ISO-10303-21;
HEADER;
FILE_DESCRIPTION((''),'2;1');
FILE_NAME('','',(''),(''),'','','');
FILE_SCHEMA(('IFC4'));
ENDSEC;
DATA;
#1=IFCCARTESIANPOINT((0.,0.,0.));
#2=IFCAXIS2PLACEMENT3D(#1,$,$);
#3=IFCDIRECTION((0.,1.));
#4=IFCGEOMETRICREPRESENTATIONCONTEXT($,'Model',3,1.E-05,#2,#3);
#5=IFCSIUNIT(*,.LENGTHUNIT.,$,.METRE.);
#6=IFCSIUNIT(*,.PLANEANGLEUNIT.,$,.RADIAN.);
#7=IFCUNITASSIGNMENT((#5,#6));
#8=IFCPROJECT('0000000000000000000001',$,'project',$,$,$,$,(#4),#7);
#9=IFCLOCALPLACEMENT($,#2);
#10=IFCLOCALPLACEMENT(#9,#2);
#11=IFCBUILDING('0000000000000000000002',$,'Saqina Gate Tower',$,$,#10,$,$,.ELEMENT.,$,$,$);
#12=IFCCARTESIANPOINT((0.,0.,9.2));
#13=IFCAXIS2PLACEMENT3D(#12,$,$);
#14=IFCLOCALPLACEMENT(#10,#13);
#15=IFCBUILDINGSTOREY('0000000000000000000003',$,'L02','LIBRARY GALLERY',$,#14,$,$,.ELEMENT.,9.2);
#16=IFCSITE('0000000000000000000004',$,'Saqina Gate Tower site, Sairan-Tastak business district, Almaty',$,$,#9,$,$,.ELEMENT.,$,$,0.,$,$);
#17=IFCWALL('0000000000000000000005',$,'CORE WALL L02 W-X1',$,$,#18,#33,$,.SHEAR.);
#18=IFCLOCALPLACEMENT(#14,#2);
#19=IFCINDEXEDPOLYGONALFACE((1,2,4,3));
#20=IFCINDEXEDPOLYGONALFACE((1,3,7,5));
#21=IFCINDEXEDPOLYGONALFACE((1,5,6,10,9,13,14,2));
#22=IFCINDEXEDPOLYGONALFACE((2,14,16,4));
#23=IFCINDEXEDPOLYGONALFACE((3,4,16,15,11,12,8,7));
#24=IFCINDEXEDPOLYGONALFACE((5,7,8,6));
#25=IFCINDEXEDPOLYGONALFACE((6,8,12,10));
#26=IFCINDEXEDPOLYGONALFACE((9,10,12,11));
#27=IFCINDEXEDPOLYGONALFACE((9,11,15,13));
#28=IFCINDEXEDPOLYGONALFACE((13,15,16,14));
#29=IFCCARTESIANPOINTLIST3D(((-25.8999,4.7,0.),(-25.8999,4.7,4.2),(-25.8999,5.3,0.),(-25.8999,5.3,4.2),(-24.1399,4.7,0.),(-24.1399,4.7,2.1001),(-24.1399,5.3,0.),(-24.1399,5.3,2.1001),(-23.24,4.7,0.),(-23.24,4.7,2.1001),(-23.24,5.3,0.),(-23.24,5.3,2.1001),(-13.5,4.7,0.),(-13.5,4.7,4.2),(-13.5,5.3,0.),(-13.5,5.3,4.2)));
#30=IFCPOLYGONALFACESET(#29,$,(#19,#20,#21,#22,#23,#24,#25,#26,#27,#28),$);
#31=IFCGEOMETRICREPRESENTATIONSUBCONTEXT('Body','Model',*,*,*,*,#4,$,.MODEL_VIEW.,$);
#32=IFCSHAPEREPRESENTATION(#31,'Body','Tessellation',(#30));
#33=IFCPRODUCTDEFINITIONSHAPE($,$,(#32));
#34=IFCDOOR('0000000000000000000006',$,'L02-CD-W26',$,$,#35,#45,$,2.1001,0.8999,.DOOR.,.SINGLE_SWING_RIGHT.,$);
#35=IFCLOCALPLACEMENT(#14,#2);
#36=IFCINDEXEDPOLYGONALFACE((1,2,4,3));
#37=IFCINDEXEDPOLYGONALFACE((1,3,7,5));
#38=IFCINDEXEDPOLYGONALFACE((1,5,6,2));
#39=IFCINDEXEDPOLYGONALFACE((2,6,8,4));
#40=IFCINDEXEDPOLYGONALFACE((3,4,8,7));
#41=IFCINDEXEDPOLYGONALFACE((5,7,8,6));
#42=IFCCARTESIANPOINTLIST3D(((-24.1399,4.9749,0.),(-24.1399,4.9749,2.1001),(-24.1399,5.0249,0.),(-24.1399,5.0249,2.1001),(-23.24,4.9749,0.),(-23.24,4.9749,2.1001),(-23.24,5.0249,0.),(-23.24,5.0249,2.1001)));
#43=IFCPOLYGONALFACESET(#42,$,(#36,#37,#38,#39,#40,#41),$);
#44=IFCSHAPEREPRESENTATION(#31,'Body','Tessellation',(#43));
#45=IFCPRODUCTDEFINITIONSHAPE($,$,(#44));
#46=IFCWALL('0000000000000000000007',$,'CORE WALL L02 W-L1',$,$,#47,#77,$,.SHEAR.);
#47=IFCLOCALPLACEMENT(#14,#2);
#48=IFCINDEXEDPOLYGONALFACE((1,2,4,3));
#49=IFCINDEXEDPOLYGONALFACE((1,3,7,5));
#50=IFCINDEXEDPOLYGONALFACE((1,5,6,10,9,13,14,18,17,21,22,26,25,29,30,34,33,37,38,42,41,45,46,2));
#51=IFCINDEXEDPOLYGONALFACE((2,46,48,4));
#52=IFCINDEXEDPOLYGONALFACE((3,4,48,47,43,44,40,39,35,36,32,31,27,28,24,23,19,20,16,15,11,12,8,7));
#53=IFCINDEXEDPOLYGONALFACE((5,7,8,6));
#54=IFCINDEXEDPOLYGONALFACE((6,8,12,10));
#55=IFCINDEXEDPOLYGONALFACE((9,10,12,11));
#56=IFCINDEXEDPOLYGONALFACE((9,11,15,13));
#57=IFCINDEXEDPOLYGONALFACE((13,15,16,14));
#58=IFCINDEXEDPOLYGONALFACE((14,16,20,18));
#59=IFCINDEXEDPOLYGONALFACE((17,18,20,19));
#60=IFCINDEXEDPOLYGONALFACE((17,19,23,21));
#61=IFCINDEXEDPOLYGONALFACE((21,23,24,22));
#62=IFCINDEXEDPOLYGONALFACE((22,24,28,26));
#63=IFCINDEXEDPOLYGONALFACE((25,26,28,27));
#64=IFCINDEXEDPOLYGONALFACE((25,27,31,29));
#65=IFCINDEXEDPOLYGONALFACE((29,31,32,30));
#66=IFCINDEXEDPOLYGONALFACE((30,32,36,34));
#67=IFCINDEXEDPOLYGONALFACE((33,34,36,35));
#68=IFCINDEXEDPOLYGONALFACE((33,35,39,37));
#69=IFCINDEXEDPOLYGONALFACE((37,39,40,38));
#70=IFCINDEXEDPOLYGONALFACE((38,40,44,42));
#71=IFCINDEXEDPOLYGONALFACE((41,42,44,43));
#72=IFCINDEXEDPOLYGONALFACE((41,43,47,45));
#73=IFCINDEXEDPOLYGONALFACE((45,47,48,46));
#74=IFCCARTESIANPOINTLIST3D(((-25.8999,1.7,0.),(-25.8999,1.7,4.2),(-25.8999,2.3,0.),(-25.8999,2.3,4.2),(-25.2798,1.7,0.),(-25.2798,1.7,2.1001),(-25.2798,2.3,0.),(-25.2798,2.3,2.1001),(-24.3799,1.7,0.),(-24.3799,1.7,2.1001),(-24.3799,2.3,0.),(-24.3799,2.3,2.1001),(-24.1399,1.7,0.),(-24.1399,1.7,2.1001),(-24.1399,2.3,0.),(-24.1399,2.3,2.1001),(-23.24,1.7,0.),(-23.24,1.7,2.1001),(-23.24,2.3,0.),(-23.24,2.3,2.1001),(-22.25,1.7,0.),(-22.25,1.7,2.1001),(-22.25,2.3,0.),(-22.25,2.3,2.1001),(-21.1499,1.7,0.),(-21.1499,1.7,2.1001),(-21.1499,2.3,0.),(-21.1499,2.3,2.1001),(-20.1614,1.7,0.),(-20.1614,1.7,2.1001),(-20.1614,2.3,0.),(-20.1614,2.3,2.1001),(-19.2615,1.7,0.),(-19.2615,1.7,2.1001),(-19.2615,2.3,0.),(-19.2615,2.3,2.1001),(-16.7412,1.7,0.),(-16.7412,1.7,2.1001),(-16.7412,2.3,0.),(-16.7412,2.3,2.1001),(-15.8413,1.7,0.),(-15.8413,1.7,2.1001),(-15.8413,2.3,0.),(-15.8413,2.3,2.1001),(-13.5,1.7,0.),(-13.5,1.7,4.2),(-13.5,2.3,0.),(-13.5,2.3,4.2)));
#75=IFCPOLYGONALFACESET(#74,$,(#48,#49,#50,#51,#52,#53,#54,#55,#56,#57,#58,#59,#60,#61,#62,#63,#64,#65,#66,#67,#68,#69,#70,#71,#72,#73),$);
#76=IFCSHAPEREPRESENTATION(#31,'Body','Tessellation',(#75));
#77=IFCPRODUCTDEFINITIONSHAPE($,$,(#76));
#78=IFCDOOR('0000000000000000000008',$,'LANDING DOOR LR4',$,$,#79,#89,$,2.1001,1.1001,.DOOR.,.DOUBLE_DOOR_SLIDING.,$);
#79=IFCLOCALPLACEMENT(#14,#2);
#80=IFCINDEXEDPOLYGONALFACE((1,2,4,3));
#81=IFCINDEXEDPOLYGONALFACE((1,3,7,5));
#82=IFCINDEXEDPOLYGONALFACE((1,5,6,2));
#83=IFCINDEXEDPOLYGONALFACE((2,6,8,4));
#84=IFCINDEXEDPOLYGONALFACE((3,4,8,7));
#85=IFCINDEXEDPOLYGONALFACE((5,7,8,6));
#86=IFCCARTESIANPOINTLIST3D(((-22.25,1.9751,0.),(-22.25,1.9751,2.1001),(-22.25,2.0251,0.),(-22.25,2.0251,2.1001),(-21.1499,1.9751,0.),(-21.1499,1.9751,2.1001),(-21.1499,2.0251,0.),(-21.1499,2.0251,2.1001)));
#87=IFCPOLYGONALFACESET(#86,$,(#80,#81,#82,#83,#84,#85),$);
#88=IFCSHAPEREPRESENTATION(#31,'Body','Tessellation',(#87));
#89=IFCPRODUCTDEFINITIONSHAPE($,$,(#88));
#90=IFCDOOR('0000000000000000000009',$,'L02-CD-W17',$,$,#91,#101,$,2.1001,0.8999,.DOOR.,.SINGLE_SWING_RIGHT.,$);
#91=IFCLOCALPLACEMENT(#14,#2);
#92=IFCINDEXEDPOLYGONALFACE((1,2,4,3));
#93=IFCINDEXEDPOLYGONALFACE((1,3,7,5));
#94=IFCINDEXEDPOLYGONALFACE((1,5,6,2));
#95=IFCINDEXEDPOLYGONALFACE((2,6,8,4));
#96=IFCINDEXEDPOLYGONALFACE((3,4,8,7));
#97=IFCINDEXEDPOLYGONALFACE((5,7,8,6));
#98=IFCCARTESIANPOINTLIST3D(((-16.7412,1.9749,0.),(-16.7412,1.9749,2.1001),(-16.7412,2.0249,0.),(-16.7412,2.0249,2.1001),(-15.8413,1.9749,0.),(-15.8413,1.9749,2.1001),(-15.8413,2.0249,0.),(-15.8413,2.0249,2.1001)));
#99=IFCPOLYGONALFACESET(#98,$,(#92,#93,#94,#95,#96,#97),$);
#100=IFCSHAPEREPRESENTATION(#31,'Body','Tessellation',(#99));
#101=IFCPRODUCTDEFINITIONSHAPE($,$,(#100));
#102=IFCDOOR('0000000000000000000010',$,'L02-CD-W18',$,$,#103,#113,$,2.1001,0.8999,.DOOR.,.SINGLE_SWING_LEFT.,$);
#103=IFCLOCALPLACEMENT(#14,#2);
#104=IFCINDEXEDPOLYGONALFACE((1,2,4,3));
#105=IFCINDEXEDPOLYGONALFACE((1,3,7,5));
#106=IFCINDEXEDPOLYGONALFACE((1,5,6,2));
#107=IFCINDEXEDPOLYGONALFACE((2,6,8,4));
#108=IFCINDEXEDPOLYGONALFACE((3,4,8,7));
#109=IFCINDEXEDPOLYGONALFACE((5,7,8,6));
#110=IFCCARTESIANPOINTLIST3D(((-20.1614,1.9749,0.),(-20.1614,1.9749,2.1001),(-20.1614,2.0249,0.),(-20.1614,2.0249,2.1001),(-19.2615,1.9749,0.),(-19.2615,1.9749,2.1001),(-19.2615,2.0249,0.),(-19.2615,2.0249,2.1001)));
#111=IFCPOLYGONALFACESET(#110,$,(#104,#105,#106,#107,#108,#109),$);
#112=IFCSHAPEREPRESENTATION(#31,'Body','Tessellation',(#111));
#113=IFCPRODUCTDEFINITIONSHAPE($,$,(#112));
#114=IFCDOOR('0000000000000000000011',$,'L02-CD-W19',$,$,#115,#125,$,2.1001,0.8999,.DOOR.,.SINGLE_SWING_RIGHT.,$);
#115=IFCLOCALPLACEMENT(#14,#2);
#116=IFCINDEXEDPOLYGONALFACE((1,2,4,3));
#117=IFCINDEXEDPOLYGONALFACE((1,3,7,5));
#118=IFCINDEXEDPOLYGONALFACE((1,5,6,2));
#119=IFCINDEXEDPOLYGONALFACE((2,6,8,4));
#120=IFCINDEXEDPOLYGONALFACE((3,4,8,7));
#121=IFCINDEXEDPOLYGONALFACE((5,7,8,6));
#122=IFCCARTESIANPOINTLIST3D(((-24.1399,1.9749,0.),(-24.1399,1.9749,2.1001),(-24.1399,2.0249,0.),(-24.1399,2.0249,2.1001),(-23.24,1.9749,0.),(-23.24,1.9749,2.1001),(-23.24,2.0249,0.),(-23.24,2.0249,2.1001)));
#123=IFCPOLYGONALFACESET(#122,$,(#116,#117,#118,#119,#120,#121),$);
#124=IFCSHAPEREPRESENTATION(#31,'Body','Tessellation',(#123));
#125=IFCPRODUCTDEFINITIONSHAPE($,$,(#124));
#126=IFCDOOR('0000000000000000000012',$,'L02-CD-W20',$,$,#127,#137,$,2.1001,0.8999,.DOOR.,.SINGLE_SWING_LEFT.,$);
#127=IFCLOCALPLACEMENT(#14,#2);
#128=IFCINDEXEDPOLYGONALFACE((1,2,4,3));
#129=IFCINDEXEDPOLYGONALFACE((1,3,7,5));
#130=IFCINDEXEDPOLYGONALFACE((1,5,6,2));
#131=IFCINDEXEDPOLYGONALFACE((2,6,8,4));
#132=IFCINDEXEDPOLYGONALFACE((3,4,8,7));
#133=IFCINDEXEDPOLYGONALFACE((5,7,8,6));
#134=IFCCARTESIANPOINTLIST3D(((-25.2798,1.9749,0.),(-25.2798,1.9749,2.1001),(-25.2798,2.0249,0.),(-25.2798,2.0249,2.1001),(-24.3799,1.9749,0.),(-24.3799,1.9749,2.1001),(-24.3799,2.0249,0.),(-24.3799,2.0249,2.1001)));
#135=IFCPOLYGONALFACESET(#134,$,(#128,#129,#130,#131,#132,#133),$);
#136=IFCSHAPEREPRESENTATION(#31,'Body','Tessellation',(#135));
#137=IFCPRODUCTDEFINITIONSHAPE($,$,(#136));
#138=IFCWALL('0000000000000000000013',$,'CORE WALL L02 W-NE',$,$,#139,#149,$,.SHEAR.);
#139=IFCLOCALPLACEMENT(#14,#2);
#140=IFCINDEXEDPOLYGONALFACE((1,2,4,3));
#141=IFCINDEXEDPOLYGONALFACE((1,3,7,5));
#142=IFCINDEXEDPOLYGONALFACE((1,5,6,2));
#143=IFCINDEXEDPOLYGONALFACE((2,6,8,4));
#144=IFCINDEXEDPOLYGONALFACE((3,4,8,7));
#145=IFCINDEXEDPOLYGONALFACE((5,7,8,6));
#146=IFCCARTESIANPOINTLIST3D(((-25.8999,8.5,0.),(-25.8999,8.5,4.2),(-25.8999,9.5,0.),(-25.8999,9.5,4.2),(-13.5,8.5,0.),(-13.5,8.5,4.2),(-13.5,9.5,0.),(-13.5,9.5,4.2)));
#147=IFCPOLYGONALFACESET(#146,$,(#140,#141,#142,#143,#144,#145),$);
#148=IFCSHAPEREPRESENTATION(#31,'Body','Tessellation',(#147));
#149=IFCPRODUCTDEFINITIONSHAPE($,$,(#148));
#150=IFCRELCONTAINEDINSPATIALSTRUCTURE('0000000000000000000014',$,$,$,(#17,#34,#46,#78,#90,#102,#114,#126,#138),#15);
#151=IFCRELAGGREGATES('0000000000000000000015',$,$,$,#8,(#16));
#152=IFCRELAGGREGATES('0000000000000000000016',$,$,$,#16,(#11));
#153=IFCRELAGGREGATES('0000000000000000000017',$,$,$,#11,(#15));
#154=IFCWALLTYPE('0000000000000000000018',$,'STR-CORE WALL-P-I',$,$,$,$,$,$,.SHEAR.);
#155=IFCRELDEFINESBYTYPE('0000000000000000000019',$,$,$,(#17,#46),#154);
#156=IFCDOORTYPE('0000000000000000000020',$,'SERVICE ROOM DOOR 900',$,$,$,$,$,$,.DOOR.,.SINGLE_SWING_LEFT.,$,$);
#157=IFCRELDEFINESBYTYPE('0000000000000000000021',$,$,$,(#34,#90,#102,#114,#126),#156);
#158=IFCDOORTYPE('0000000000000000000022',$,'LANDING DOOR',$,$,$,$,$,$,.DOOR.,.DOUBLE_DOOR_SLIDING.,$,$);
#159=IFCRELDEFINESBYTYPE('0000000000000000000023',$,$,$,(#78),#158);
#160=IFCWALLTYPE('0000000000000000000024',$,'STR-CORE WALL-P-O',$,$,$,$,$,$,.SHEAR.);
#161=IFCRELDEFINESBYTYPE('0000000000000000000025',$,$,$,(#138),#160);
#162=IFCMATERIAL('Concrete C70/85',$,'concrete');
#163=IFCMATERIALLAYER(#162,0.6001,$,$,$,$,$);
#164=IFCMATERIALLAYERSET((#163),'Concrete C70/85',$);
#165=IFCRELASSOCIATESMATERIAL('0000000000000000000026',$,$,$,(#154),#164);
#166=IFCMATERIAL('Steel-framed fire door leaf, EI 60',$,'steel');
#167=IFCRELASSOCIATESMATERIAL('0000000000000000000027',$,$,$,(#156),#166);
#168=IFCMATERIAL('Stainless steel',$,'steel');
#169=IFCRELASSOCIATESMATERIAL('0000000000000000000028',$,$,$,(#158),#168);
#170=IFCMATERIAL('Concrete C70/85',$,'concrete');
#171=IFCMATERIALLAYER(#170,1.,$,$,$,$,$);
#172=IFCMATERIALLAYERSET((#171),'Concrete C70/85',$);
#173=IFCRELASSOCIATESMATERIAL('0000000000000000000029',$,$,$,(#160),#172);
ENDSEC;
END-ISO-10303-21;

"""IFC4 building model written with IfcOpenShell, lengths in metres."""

from ifc_helpers import new_model, si_unit, direction, frame, frame_2d, origin, place, context, subcontext, project, spatial, rectangle, extrude, material, layer, layer_set, type_object, element, fill, save


model = new_model("IFC4")

# Units and contexts
model_context = context("Model", 3, precision=1e-05, world=origin(), true_north=direction((0.0, 1.0)))
body_context = subcontext(model_context, "Body", "Model", "MODEL_VIEW")
ifc_project = project(units=[si_unit("LENGTHUNIT", "METRE"), si_unit("PLANEANGLEUNIT", "RADIAN")], contexts=[model_context])

# Site, building, storey
site_placement = place(None, origin())
site = spatial("IfcSite", under=ifc_project, at=site_placement, Name="Saqina Gate Tower site, Sairan-Tastak business district, Almaty", CompositionType="ELEMENT", RefElevation=0.0)
building_placement = place(site_placement, origin())
building = spatial("IfcBuilding", under=site, at=building_placement, Name="Saqina Gate Tower", CompositionType="ELEMENT")
storey_placement = place(building_placement, frame((0.0, 0.0, 9.2)))
storey = spatial("IfcBuildingStorey", under=building, at=storey_placement, Name="L02", Description="LIBRARY GALLERY", CompositionType="ELEMENT", Elevation=9.2)

# Wall, opening, door
ifc_material_1 = material(Name="Concrete C70/85", Category="concrete")
ifc_layer_1 = layer(ifc_material_1, 0.6001)
ifc_layer_set_1 = layer_set([ifc_layer_1], Name="Concrete C70/85")
wall_type_1 = type_object("IfcWallType", Name="STR-CORE WALL-P-I", PredefinedType="SHEAR", material=ifc_layer_set_1)
wall_1_placement = place(storey_placement, frame((-13.5, 5.0, 0.0), z_axis=(0.0, 0.0, 1.0), x_axis=(-1.0, 0.0, 0.0)))
wall_1 = element("IfcWall", 1, at=wall_1_placement, inside=storey, type_object=wall_type_1, Name="CORE WALL L02 W-X1", PredefinedType="SHEAR", context=body_context, shape_type="SweptSolid", body=[
    extrude(rectangle(XDim=12.3999, YDim=0.6001, at=frame_2d((6.2, 0.0))), origin(), (0.0, 0.0, 1.0), 4.2),
])
opening_1_placement = place(wall_1_placement, frame((9.74, 0.0, 0.0)))
opening_1 = element("IfcOpeningElement", 2, at=opening_1_placement, cuts=wall_1, PredefinedType="OPENING", context=body_context, shape_type="SweptSolid", body=[
    extrude(rectangle(XDim=0.8999, YDim=2.1001, at=frame_2d((0.45, 1.05))), frame((0.0, 0.312, 0.0), z_axis=(0.0, -1.0, 0.0), x_axis=(1.0, 0.0, 0.0)), (0.0, 0.0, 1.0), 0.624),
])
ifc_material_2 = material(Name="Steel-framed fire door leaf, EI 60", Category="steel")
door_type_1 = type_object("IfcDoorType", Name="SERVICE ROOM DOOR 900", OperationType="SINGLE_SWING_LEFT", PredefinedType="DOOR", material=ifc_material_2)
door_1_placement = place(opening_1_placement, frame((0.8999, 0.0, 0.0), z_axis=(0.0, 0.0, 1.0), x_axis=(-1.0, 0.0, 0.0)))
door_1 = element("IfcDoor", 3, at=door_1_placement, inside=storey, type_object=door_type_1, Name="L02-CD-W26", OperationType="SINGLE_SWING_RIGHT", OverallHeight=2.1001, OverallWidth=0.8999, PredefinedType="DOOR", context=body_context, shape_type="SweptSolid", body=[
    extrude(rectangle(XDim=0.8999, YDim=2.1001, at=frame_2d((0.45, 1.05))), frame((0.0, 0.0249, 0.0), z_axis=(0.0, -1.0, 0.0), x_axis=(1.0, 0.0, 0.0)), (0.0, 0.0, 1.0), 0.05),
])
fill(opening_1, door_1)

# Wall, openings, doors
wall_2_placement = place(storey_placement, frame((-13.5, 2.0, 0.0), z_axis=(0.0, 0.0, 1.0), x_axis=(-1.0, 0.0, 0.0)))
wall_2 = element("IfcWall", 4, at=wall_2_placement, inside=storey, type_object=wall_type_1, Name="CORE WALL L02 W-L1", PredefinedType="SHEAR", context=body_context, shape_type="SweptSolid", body=[
    extrude(rectangle(XDim=12.3999, YDim=0.6001, at=frame_2d((6.2, 0.0))), origin(), (0.0, 0.0, 1.0), 4.2),
])
opening_2_placement = place(wall_2_placement, frame((7.6499, 0.0, 0.0)))
opening_2 = element("IfcOpeningElement", 5, at=opening_2_placement, cuts=wall_2, PredefinedType="OPENING", context=body_context, shape_type="SweptSolid", body=[
    extrude(rectangle(XDim=1.1001, YDim=2.1001, at=frame_2d((0.55, 1.05))), frame((0.0, 0.312, 0.0), z_axis=(0.0, -1.0, 0.0), x_axis=(1.0, 0.0, 0.0)), (0.0, 0.0, 1.0), 0.624),
])
opening_3_placement = place(wall_2_placement, frame((2.3413, 0.0, 0.0)))
opening_3 = element("IfcOpeningElement", 6, at=opening_3_placement, cuts=wall_2, PredefinedType="OPENING", context=body_context, shape_type="SweptSolid", body=[
    extrude(rectangle(XDim=0.8999, YDim=2.1001, at=frame_2d((0.45, 1.05))), frame((0.0, 0.312, 0.0), z_axis=(0.0, -1.0, 0.0), x_axis=(1.0, 0.0, 0.0)), (0.0, 0.0, 1.0), 0.624),
])
opening_4_placement = place(wall_2_placement, frame((5.7615, 0.0, 0.0)))
opening_4 = element("IfcOpeningElement", 7, at=opening_4_placement, cuts=wall_2, PredefinedType="OPENING", context=body_context, shape_type="SweptSolid", body=[
    extrude(rectangle(XDim=0.8999, YDim=2.1001, at=frame_2d((0.45, 1.05))), frame((0.0, 0.312, 0.0), z_axis=(0.0, -1.0, 0.0), x_axis=(1.0, 0.0, 0.0)), (0.0, 0.0, 1.0), 0.624),
])
opening_5_placement = place(wall_2_placement, frame((9.74, 0.0, 0.0)))
opening_5 = element("IfcOpeningElement", 8, at=opening_5_placement, cuts=wall_2, PredefinedType="OPENING", context=body_context, shape_type="SweptSolid", body=[
    extrude(rectangle(XDim=0.8999, YDim=2.1001, at=frame_2d((0.45, 1.05))), frame((0.0, 0.312, 0.0), z_axis=(0.0, -1.0, 0.0), x_axis=(1.0, 0.0, 0.0)), (0.0, 0.0, 1.0), 0.624),
])
opening_6_placement = place(wall_2_placement, frame((10.8799, 0.0, 0.0)))
opening_6 = element("IfcOpeningElement", 9, at=opening_6_placement, cuts=wall_2, PredefinedType="OPENING", context=body_context, shape_type="SweptSolid", body=[
    extrude(rectangle(XDim=0.8999, YDim=2.1001, at=frame_2d((0.45, 1.05))), frame((0.0, 0.312, 0.0), z_axis=(0.0, -1.0, 0.0), x_axis=(1.0, 0.0, 0.0)), (0.0, 0.0, 1.0), 0.624),
])
ifc_material_3 = material(Name="Stainless steel", Category="steel")
door_type_2 = type_object("IfcDoorType", Name="LANDING DOOR", OperationType="DOUBLE_DOOR_SLIDING", PredefinedType="DOOR", material=ifc_material_3)
door_2_placement = place(opening_2_placement, origin())
door_2 = element("IfcDoor", 10, at=door_2_placement, inside=storey, type_object=door_type_2, Name="LANDING DOOR LR4", OperationType="DOUBLE_DOOR_SLIDING", OverallHeight=2.1001, OverallWidth=1.1001, PredefinedType="DOOR", context=body_context, shape_type="SweptSolid", body=[
    extrude(rectangle(XDim=1.1001, YDim=2.1001, at=frame_2d((0.55, 1.05))), frame((0.0, 0.0249, 0.0), z_axis=(0.0, -1.0, 0.0), x_axis=(1.0, 0.0, 0.0)), (0.0, 0.0, 1.0), 0.05),
])
fill(opening_2, door_2)
door_3_placement = place(opening_3_placement, frame((0.8999, 0.0, 0.0), z_axis=(0.0, 0.0, 1.0), x_axis=(-1.0, 0.0, 0.0)))
door_3 = element("IfcDoor", 11, at=door_3_placement, inside=storey, type_object=door_type_1, Name="L02-CD-W17", OperationType="SINGLE_SWING_RIGHT", OverallHeight=2.1001, OverallWidth=0.8999, PredefinedType="DOOR", context=body_context, shape_type="SweptSolid", body=[
    extrude(rectangle(XDim=0.8999, YDim=2.1001, at=frame_2d((0.45, 1.05))), frame((0.0, 0.0249, 0.0), z_axis=(0.0, -1.0, 0.0), x_axis=(1.0, 0.0, 0.0)), (0.0, 0.0, 1.0), 0.05),
])
fill(opening_3, door_3)
door_4_placement = place(opening_4_placement, frame((0.8999, 0.0, 0.0), z_axis=(0.0, 0.0, 1.0), x_axis=(-1.0, 0.0, 0.0)))
door_4 = element("IfcDoor", 12, at=door_4_placement, inside=storey, type_object=door_type_1, Name="L02-CD-W18", OperationType="SINGLE_SWING_LEFT", OverallHeight=2.1001, OverallWidth=0.8999, PredefinedType="DOOR", context=body_context, shape_type="SweptSolid", body=[
    extrude(rectangle(XDim=0.8999, YDim=2.1001, at=frame_2d((0.45, 1.05))), frame((0.0, 0.0249, 0.0), z_axis=(0.0, -1.0, 0.0), x_axis=(1.0, 0.0, 0.0)), (0.0, 0.0, 1.0), 0.05),
])
fill(opening_4, door_4)
door_5_placement = place(opening_5_placement, frame((0.8999, 0.0, 0.0), z_axis=(0.0, 0.0, 1.0), x_axis=(-1.0, 0.0, 0.0)))
door_5 = element("IfcDoor", 13, at=door_5_placement, inside=storey, type_object=door_type_1, Name="L02-CD-W19", OperationType="SINGLE_SWING_RIGHT", OverallHeight=2.1001, OverallWidth=0.8999, PredefinedType="DOOR", context=body_context, shape_type="SweptSolid", body=[
    extrude(rectangle(XDim=0.8999, YDim=2.1001, at=frame_2d((0.45, 1.05))), frame((0.0, 0.0249, 0.0), z_axis=(0.0, -1.0, 0.0), x_axis=(1.0, 0.0, 0.0)), (0.0, 0.0, 1.0), 0.05),
])
fill(opening_5, door_5)
door_6_placement = place(opening_6_placement, frame((0.8999, 0.0, 0.0), z_axis=(0.0, 0.0, 1.0), x_axis=(-1.0, 0.0, 0.0)))
door_6 = element("IfcDoor", 14, at=door_6_placement, inside=storey, type_object=door_type_1, Name="L02-CD-W20", OperationType="SINGLE_SWING_LEFT", OverallHeight=2.1001, OverallWidth=0.8999, PredefinedType="DOOR", context=body_context, shape_type="SweptSolid", body=[
    extrude(rectangle(XDim=0.8999, YDim=2.1001, at=frame_2d((0.45, 1.05))), frame((0.0, 0.0249, 0.0), z_axis=(0.0, -1.0, 0.0), x_axis=(1.0, 0.0, 0.0)), (0.0, 0.0, 1.0), 0.05),
])
fill(opening_6, door_6)

# Wall
ifc_material_4 = material(Name="Concrete C70/85", Category="concrete")
ifc_layer_2 = layer(ifc_material_4, 1.0)
ifc_layer_set_2 = layer_set([ifc_layer_2], Name="Concrete C70/85")
wall_type_2 = type_object("IfcWallType", Name="STR-CORE WALL-P-O", PredefinedType="SHEAR", material=ifc_layer_set_2)
wall_3_placement = place(storey_placement, frame((-13.5, 9.0, 0.0), z_axis=(0.0, 0.0, 1.0), x_axis=(-1.0, 0.0, 0.0)))
element("IfcWall", 15, at=wall_3_placement, inside=storey, type_object=wall_type_2, Name="CORE WALL L02 W-NE", PredefinedType="SHEAR", context=body_context, shape_type="SweptSolid", body=[
    extrude(rectangle(XDim=12.3999, YDim=1.0, at=frame_2d((6.2, 0.0))), origin(), (0.0, 0.0, 1.0), 4.2),
])

save(model, "model.ifc")
